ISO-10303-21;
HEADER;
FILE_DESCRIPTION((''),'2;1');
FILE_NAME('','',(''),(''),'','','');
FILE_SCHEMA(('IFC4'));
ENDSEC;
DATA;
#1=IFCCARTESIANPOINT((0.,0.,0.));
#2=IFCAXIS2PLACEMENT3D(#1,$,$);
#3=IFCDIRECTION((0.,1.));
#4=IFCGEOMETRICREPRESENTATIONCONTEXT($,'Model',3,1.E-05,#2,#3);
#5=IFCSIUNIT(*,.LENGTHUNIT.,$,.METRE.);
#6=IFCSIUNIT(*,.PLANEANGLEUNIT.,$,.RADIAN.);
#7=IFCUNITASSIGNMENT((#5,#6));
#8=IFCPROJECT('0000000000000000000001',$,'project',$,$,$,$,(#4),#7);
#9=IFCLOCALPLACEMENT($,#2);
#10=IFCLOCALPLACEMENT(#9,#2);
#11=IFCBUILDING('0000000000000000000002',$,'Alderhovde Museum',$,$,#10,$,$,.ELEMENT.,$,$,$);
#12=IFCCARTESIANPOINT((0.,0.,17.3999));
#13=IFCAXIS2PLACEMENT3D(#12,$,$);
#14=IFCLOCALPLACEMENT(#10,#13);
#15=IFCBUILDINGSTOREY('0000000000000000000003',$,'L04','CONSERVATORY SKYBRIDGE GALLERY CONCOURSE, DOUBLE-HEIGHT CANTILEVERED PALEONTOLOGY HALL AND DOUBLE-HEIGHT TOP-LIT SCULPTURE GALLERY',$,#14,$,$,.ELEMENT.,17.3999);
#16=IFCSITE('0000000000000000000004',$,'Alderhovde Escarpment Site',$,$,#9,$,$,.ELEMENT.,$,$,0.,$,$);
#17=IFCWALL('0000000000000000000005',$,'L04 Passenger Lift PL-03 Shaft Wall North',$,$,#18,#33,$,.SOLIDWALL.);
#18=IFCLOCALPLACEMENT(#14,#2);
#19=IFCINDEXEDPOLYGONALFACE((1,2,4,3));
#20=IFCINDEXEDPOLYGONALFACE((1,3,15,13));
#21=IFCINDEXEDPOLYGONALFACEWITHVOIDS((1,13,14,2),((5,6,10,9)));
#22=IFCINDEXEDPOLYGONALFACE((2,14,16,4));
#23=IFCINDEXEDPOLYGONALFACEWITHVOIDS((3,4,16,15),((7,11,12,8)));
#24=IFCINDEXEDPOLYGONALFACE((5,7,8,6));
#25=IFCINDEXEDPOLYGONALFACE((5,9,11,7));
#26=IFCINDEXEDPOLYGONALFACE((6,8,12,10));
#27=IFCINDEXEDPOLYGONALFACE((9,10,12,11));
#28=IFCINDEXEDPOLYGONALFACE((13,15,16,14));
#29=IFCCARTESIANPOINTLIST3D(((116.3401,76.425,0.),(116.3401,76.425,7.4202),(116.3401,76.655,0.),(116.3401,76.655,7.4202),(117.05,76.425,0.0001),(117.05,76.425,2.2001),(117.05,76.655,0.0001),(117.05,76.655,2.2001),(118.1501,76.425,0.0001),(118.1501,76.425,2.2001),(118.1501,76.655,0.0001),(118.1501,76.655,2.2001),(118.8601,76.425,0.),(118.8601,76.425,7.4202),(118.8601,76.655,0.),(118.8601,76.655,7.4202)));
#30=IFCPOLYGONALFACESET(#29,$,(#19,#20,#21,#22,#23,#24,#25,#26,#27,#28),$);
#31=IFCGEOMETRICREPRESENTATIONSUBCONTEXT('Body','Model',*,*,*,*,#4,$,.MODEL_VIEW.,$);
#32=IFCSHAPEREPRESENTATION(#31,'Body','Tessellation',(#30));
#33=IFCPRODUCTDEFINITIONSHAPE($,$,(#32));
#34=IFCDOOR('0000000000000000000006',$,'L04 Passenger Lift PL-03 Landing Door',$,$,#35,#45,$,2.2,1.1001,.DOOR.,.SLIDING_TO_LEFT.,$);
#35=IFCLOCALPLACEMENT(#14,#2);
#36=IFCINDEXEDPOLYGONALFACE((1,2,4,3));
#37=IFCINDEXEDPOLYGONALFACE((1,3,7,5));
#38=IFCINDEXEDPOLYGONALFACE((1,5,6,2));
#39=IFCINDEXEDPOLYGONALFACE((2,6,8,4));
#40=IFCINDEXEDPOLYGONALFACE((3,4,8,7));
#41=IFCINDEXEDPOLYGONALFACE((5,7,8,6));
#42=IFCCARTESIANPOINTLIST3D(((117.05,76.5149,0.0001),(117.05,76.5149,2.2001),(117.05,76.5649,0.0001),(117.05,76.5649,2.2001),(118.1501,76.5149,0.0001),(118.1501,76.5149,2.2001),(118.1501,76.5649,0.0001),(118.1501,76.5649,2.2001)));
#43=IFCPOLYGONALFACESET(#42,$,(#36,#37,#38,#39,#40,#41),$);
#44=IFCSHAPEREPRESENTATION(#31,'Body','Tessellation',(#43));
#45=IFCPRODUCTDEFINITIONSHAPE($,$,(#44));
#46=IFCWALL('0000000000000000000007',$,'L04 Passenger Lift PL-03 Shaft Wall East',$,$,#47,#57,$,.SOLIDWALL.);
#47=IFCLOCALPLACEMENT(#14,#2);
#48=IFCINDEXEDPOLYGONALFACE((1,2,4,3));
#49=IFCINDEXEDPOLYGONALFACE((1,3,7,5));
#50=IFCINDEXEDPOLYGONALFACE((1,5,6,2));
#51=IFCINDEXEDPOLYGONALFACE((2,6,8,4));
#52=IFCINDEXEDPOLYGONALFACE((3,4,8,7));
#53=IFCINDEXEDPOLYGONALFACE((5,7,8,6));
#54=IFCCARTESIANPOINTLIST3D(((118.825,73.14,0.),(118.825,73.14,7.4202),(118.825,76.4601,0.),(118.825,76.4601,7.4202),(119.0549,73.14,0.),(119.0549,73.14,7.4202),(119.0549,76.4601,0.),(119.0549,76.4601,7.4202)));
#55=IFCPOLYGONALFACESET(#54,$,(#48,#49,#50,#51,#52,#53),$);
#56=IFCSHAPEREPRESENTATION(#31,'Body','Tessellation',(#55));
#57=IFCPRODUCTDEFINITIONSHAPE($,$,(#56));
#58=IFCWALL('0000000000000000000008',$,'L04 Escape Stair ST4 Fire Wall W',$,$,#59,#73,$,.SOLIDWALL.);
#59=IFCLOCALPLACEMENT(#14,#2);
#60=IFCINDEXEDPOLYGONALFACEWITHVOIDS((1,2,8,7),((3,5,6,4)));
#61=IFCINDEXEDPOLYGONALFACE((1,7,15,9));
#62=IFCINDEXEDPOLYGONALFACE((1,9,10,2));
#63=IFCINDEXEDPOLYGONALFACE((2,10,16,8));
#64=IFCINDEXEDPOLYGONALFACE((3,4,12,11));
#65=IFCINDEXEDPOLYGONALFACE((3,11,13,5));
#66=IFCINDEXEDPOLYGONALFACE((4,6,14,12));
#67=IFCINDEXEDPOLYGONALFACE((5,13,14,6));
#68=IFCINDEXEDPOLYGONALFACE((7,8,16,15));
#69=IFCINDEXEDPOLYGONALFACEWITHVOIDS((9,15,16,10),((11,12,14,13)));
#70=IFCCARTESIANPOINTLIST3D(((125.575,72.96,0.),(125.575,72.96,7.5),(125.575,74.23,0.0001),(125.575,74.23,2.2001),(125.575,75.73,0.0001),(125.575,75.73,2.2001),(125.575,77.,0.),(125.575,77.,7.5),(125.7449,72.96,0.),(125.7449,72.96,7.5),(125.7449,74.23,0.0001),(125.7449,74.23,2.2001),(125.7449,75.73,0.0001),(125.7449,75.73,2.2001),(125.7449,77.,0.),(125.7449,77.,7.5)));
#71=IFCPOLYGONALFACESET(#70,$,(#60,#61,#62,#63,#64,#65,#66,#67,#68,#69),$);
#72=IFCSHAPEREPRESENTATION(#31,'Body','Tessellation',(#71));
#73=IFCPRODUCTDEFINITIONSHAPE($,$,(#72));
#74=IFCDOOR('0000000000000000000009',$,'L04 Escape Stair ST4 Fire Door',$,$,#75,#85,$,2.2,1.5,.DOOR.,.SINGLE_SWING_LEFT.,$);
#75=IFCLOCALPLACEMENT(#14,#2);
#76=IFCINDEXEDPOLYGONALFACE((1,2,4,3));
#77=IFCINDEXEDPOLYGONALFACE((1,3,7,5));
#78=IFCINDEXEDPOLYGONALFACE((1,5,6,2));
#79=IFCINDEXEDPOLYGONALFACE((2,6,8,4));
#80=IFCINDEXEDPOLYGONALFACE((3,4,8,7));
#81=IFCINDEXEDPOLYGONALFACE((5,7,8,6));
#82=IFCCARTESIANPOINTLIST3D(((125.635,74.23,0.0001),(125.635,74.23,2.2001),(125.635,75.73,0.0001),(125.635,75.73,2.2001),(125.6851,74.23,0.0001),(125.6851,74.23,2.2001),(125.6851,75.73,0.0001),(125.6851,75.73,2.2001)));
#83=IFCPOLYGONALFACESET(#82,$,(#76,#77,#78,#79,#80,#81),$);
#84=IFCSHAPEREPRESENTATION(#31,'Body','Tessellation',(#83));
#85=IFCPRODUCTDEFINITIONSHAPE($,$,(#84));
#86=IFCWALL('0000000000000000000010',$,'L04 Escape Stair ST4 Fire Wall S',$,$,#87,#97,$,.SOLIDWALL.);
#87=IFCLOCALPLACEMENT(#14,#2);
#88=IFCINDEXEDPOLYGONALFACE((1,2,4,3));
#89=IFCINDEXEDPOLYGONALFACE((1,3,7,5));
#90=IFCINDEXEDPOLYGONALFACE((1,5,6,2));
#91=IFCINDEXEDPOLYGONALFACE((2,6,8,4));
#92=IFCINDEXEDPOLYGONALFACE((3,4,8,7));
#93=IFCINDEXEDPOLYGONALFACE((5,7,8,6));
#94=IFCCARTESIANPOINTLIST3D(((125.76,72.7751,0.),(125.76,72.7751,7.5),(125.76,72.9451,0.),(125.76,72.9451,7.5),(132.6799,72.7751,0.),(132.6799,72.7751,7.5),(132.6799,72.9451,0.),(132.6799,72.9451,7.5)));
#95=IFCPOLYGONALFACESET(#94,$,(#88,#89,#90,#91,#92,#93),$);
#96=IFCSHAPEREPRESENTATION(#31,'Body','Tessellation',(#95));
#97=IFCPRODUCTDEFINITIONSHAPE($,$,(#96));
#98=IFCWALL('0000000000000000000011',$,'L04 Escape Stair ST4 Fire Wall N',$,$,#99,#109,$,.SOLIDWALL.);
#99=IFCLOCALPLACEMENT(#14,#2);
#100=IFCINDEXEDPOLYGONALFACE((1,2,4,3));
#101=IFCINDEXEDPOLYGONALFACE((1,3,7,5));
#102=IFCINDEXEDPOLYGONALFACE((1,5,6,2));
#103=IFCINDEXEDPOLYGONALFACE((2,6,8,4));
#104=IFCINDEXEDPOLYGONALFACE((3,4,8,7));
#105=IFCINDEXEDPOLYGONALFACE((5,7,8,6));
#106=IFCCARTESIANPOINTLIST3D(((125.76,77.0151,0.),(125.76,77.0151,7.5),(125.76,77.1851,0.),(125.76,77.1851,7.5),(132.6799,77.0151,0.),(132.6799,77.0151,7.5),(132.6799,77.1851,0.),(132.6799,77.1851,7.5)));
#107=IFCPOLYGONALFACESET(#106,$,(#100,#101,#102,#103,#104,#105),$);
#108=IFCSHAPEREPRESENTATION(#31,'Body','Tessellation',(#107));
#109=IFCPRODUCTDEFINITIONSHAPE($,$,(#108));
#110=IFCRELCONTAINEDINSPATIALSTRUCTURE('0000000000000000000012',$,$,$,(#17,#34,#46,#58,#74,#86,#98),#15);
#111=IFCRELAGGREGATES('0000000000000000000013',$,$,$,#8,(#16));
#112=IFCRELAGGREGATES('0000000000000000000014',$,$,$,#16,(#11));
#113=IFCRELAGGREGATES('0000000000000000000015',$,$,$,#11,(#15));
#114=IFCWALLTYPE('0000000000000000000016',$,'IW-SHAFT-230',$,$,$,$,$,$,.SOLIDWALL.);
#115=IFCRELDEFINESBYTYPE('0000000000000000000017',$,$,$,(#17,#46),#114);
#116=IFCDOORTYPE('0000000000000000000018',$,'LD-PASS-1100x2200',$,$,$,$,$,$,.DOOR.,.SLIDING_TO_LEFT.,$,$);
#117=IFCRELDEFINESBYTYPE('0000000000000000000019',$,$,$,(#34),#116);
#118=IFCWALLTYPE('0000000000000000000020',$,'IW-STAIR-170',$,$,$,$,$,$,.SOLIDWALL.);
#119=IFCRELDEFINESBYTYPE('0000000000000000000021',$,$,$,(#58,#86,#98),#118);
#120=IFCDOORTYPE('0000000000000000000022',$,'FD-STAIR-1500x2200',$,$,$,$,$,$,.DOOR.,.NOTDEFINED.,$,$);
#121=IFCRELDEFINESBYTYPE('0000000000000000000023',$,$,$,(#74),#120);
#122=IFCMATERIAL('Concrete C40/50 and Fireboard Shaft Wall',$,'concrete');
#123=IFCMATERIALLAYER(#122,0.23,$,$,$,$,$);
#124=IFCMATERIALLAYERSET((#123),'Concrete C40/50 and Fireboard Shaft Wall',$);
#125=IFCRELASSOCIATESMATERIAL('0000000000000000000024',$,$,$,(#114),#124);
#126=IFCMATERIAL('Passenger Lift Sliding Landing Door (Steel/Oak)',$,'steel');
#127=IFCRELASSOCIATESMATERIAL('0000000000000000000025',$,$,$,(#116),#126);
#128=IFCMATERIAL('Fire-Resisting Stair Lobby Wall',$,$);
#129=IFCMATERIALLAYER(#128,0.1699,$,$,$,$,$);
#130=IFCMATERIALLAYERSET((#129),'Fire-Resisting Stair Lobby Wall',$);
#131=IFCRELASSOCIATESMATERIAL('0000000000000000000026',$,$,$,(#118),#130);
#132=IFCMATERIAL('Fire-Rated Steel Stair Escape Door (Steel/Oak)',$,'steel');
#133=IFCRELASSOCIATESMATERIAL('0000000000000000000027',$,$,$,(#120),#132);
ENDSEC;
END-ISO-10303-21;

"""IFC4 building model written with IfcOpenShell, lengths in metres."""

from ifc_helpers import new_model, si_unit, direction, frame, frame_2d, origin, place, context, subcontext, project, spatial, rectangle, extrude, material, layer, layer_set, type_object, element, fill, save


model = new_model("IFC4")

# Units and contexts
model_context = context("Model", 3, precision=1e-05, world=origin(), true_north=direction((0.0, 1.0)))
body_context = subcontext(model_context, "Body", "Model", "MODEL_VIEW")
ifc_project = project(units=[si_unit("LENGTHUNIT", "METRE"), si_unit("PLANEANGLEUNIT", "RADIAN")], contexts=[model_context])

# Site, building, storey
site_placement = place(None, origin())
site = spatial("IfcSite", under=ifc_project, at=site_placement, Name="Alderhovde Escarpment Site", CompositionType="ELEMENT", RefElevation=0.0)
building_placement = place(site_placement, origin())
building = spatial("IfcBuilding", under=site, at=building_placement, Name="Alderhovde Museum", CompositionType="ELEMENT")
storey_placement = place(building_placement, frame((0.0, 0.0, 17.3999)))
storey = spatial("IfcBuildingStorey", under=building, at=storey_placement, Name="L04", Description="CONSERVATORY SKYBRIDGE GALLERY CONCOURSE, DOUBLE-HEIGHT CANTILEVERED PALEONTOLOGY HALL AND DOUBLE-HEIGHT TOP-LIT SCULPTURE GALLERY", CompositionType="ELEMENT", Elevation=17.3999)

# Shared definitions
ifc_material_1 = material(Name="Concrete C40/50 and Fireboard Shaft Wall", Category="concrete")
ifc_layer_1 = layer(ifc_material_1, 0.23)
ifc_layer_set_1 = layer_set([ifc_layer_1], Name="Concrete C40/50 and Fireboard Shaft Wall")
wall_type_1 = type_object("IfcWallType", Name="IW-SHAFT-230", PredefinedType="SOLIDWALL", material=ifc_layer_set_1)

# Wall, opening, door
wall_1_placement = place(storey_placement, frame((116.3401, 76.54, 0.0), z_axis=(0.0, 0.0, 1.0), x_axis=(1.0, 0.0, 0.0)))
wall_1 = element("IfcWall", 1, at=wall_1_placement, inside=storey, type_object=wall_type_1, Name="L04 Passenger Lift PL-03 Shaft Wall North", PredefinedType="SOLIDWALL", context=body_context, shape_type="SweptSolid", body=[
    extrude(rectangle(XDim=2.52, YDim=0.23, at=frame_2d((1.26, 0.0))), origin(), (0.0, 0.0, 1.0), 7.4202),
])
opening_1_placement = place(wall_1_placement, frame((0.71, 0.0, 0.0)))
opening_1 = element("IfcOpeningElement", 2, at=opening_1_placement, cuts=wall_1, PredefinedType="OPENING", context=body_context, shape_type="SweptSolid", body=[
    extrude(rectangle(XDim=1.1001, YDim=2.2, at=frame_2d((0.55, 1.1001))), frame((0.0, 0.125, 0.0), z_axis=(0.0, -1.0, 0.0), x_axis=(1.0, 0.0, 0.0)), (0.0, 0.0, 1.0), 0.25),
])
ifc_material_2 = material(Name="Passenger Lift Sliding Landing Door (Steel/Oak)", Category="steel")
door_type_1 = type_object("IfcDoorType", Name="LD-PASS-1100x2200", OperationType="SLIDING_TO_LEFT", PredefinedType="DOOR", material=ifc_material_2)
door_1_placement = place(opening_1_placement, origin())
door_1 = element("IfcDoor", 3, at=door_1_placement, inside=storey, type_object=door_type_1, Name="L04 Passenger Lift PL-03 Landing Door", OperationType="SLIDING_TO_LEFT", OverallHeight=2.2, OverallWidth=1.1001, PredefinedType="DOOR", context=body_context, shape_type="SweptSolid", body=[
    extrude(rectangle(XDim=1.1001, YDim=2.2, at=frame_2d((0.55, 1.1001))), frame((0.0, 0.0249, 0.0), z_axis=(0.0, -1.0, 0.0), x_axis=(1.0, 0.0, 0.0)), (0.0, 0.0, 1.0), 0.05),
])
fill(opening_1, door_1)

# Wall
wall_2_placement = place(storey_placement, frame((118.9399, 73.1399, 0.0), z_axis=(0.0, 0.0, 1.0), x_axis=(0.0, 1.0, 0.0)))
element("IfcWall", 4, at=wall_2_placement, inside=storey, type_object=wall_type_1, Name="L04 Passenger Lift PL-03 Shaft Wall East", PredefinedType="SOLIDWALL", context=body_context, shape_type="SweptSolid", body=[
    extrude(rectangle(XDim=3.3201, YDim=0.23, at=frame_2d((1.6602, 0.0))), origin(), (0.0, 0.0, 1.0), 7.4202),
])

# Wall, opening, door
ifc_material_3 = material(Name="Fire-Resisting Stair Lobby Wall")
ifc_layer_2 = layer(ifc_material_3, 0.1699)
ifc_layer_set_2 = layer_set([ifc_layer_2], Name="Fire-Resisting Stair Lobby Wall")
wall_type_2 = type_object("IfcWallType", Name="IW-STAIR-170", PredefinedType="SOLIDWALL", material=ifc_layer_set_2)
wall_3_placement = place(storey_placement, frame((125.6599, 72.96, 0.0), z_axis=(0.0, 0.0, 1.0), x_axis=(0.0, 1.0, 0.0)))
wall_3 = element("IfcWall", 5, at=wall_3_placement, inside=storey, type_object=wall_type_2, Name="L04 Escape Stair ST4 Fire Wall W", PredefinedType="SOLIDWALL", context=body_context, shape_type="SweptSolid", body=[
    extrude(rectangle(XDim=4.04, YDim=0.1699, at=frame_2d((2.02, 0.0))), origin(), (0.0, 0.0, 1.0), 7.5),
])
opening_2_placement = place(wall_3_placement, frame((1.27, 0.0, 0.0)))
opening_2 = element("IfcOpeningElement", 6, at=opening_2_placement, cuts=wall_3, PredefinedType="OPENING", context=body_context, shape_type="SweptSolid", body=[
    extrude(rectangle(XDim=1.5, YDim=2.2, at=frame_2d((0.75, 1.1001))), frame((0.0, 0.095, 0.0), z_axis=(0.0, -1.0, 0.0), x_axis=(1.0, 0.0, 0.0)), (0.0, 0.0, 1.0), 0.1899),
])
ifc_material_4 = material(Name="Fire-Rated Steel Stair Escape Door (Steel/Oak)", Category="steel")
door_type_2 = type_object("IfcDoorType", Name="FD-STAIR-1500x2200", OperationType="NOTDEFINED", PredefinedType="DOOR", material=ifc_material_4)
door_2_placement = place(opening_2_placement, origin())
door_2 = element("IfcDoor", 7, at=door_2_placement, inside=storey, type_object=door_type_2, Name="L04 Escape Stair ST4 Fire Door", OperationType="SINGLE_SWING_LEFT", OverallHeight=2.2, OverallWidth=1.5, PredefinedType="DOOR", context=body_context, shape_type="SweptSolid", body=[
    extrude(rectangle(XDim=1.5, YDim=2.2, at=frame_2d((0.75, 1.1001))), frame((0.0, 0.0249, 0.0), z_axis=(0.0, -1.0, 0.0), x_axis=(1.0, 0.0, 0.0)), (0.0, 0.0, 1.0), 0.05),
])
fill(opening_2, door_2)

# Walls
for number, where, z_axis, x_axis, name in (
    (8, (125.76, 72.8601, 0.0), (0.0, 0.0, 1.0), (1.0, 0.0, 0.0), "L04 Escape Stair ST4 Fire Wall S"),
    (9, (125.76, 77.1001, 0.0), (0.0, 0.0, 1.0), (1.0, 0.0, 0.0), "L04 Escape Stair ST4 Fire Wall N"),
):
    element("IfcWall", number, at=place(storey_placement, frame(where, z_axis=z_axis, x_axis=x_axis)), inside=storey, type_object=wall_type_2, Name=name, PredefinedType="SOLIDWALL", context=body_context, shape_type="SweptSolid", body=[
        extrude(rectangle(XDim=6.9199, YDim=0.1699, at=frame_2d((3.46, 0.0))), origin(), (0.0, 0.0, 1.0), 7.5),
    ])

save(model, "model.ifc")
